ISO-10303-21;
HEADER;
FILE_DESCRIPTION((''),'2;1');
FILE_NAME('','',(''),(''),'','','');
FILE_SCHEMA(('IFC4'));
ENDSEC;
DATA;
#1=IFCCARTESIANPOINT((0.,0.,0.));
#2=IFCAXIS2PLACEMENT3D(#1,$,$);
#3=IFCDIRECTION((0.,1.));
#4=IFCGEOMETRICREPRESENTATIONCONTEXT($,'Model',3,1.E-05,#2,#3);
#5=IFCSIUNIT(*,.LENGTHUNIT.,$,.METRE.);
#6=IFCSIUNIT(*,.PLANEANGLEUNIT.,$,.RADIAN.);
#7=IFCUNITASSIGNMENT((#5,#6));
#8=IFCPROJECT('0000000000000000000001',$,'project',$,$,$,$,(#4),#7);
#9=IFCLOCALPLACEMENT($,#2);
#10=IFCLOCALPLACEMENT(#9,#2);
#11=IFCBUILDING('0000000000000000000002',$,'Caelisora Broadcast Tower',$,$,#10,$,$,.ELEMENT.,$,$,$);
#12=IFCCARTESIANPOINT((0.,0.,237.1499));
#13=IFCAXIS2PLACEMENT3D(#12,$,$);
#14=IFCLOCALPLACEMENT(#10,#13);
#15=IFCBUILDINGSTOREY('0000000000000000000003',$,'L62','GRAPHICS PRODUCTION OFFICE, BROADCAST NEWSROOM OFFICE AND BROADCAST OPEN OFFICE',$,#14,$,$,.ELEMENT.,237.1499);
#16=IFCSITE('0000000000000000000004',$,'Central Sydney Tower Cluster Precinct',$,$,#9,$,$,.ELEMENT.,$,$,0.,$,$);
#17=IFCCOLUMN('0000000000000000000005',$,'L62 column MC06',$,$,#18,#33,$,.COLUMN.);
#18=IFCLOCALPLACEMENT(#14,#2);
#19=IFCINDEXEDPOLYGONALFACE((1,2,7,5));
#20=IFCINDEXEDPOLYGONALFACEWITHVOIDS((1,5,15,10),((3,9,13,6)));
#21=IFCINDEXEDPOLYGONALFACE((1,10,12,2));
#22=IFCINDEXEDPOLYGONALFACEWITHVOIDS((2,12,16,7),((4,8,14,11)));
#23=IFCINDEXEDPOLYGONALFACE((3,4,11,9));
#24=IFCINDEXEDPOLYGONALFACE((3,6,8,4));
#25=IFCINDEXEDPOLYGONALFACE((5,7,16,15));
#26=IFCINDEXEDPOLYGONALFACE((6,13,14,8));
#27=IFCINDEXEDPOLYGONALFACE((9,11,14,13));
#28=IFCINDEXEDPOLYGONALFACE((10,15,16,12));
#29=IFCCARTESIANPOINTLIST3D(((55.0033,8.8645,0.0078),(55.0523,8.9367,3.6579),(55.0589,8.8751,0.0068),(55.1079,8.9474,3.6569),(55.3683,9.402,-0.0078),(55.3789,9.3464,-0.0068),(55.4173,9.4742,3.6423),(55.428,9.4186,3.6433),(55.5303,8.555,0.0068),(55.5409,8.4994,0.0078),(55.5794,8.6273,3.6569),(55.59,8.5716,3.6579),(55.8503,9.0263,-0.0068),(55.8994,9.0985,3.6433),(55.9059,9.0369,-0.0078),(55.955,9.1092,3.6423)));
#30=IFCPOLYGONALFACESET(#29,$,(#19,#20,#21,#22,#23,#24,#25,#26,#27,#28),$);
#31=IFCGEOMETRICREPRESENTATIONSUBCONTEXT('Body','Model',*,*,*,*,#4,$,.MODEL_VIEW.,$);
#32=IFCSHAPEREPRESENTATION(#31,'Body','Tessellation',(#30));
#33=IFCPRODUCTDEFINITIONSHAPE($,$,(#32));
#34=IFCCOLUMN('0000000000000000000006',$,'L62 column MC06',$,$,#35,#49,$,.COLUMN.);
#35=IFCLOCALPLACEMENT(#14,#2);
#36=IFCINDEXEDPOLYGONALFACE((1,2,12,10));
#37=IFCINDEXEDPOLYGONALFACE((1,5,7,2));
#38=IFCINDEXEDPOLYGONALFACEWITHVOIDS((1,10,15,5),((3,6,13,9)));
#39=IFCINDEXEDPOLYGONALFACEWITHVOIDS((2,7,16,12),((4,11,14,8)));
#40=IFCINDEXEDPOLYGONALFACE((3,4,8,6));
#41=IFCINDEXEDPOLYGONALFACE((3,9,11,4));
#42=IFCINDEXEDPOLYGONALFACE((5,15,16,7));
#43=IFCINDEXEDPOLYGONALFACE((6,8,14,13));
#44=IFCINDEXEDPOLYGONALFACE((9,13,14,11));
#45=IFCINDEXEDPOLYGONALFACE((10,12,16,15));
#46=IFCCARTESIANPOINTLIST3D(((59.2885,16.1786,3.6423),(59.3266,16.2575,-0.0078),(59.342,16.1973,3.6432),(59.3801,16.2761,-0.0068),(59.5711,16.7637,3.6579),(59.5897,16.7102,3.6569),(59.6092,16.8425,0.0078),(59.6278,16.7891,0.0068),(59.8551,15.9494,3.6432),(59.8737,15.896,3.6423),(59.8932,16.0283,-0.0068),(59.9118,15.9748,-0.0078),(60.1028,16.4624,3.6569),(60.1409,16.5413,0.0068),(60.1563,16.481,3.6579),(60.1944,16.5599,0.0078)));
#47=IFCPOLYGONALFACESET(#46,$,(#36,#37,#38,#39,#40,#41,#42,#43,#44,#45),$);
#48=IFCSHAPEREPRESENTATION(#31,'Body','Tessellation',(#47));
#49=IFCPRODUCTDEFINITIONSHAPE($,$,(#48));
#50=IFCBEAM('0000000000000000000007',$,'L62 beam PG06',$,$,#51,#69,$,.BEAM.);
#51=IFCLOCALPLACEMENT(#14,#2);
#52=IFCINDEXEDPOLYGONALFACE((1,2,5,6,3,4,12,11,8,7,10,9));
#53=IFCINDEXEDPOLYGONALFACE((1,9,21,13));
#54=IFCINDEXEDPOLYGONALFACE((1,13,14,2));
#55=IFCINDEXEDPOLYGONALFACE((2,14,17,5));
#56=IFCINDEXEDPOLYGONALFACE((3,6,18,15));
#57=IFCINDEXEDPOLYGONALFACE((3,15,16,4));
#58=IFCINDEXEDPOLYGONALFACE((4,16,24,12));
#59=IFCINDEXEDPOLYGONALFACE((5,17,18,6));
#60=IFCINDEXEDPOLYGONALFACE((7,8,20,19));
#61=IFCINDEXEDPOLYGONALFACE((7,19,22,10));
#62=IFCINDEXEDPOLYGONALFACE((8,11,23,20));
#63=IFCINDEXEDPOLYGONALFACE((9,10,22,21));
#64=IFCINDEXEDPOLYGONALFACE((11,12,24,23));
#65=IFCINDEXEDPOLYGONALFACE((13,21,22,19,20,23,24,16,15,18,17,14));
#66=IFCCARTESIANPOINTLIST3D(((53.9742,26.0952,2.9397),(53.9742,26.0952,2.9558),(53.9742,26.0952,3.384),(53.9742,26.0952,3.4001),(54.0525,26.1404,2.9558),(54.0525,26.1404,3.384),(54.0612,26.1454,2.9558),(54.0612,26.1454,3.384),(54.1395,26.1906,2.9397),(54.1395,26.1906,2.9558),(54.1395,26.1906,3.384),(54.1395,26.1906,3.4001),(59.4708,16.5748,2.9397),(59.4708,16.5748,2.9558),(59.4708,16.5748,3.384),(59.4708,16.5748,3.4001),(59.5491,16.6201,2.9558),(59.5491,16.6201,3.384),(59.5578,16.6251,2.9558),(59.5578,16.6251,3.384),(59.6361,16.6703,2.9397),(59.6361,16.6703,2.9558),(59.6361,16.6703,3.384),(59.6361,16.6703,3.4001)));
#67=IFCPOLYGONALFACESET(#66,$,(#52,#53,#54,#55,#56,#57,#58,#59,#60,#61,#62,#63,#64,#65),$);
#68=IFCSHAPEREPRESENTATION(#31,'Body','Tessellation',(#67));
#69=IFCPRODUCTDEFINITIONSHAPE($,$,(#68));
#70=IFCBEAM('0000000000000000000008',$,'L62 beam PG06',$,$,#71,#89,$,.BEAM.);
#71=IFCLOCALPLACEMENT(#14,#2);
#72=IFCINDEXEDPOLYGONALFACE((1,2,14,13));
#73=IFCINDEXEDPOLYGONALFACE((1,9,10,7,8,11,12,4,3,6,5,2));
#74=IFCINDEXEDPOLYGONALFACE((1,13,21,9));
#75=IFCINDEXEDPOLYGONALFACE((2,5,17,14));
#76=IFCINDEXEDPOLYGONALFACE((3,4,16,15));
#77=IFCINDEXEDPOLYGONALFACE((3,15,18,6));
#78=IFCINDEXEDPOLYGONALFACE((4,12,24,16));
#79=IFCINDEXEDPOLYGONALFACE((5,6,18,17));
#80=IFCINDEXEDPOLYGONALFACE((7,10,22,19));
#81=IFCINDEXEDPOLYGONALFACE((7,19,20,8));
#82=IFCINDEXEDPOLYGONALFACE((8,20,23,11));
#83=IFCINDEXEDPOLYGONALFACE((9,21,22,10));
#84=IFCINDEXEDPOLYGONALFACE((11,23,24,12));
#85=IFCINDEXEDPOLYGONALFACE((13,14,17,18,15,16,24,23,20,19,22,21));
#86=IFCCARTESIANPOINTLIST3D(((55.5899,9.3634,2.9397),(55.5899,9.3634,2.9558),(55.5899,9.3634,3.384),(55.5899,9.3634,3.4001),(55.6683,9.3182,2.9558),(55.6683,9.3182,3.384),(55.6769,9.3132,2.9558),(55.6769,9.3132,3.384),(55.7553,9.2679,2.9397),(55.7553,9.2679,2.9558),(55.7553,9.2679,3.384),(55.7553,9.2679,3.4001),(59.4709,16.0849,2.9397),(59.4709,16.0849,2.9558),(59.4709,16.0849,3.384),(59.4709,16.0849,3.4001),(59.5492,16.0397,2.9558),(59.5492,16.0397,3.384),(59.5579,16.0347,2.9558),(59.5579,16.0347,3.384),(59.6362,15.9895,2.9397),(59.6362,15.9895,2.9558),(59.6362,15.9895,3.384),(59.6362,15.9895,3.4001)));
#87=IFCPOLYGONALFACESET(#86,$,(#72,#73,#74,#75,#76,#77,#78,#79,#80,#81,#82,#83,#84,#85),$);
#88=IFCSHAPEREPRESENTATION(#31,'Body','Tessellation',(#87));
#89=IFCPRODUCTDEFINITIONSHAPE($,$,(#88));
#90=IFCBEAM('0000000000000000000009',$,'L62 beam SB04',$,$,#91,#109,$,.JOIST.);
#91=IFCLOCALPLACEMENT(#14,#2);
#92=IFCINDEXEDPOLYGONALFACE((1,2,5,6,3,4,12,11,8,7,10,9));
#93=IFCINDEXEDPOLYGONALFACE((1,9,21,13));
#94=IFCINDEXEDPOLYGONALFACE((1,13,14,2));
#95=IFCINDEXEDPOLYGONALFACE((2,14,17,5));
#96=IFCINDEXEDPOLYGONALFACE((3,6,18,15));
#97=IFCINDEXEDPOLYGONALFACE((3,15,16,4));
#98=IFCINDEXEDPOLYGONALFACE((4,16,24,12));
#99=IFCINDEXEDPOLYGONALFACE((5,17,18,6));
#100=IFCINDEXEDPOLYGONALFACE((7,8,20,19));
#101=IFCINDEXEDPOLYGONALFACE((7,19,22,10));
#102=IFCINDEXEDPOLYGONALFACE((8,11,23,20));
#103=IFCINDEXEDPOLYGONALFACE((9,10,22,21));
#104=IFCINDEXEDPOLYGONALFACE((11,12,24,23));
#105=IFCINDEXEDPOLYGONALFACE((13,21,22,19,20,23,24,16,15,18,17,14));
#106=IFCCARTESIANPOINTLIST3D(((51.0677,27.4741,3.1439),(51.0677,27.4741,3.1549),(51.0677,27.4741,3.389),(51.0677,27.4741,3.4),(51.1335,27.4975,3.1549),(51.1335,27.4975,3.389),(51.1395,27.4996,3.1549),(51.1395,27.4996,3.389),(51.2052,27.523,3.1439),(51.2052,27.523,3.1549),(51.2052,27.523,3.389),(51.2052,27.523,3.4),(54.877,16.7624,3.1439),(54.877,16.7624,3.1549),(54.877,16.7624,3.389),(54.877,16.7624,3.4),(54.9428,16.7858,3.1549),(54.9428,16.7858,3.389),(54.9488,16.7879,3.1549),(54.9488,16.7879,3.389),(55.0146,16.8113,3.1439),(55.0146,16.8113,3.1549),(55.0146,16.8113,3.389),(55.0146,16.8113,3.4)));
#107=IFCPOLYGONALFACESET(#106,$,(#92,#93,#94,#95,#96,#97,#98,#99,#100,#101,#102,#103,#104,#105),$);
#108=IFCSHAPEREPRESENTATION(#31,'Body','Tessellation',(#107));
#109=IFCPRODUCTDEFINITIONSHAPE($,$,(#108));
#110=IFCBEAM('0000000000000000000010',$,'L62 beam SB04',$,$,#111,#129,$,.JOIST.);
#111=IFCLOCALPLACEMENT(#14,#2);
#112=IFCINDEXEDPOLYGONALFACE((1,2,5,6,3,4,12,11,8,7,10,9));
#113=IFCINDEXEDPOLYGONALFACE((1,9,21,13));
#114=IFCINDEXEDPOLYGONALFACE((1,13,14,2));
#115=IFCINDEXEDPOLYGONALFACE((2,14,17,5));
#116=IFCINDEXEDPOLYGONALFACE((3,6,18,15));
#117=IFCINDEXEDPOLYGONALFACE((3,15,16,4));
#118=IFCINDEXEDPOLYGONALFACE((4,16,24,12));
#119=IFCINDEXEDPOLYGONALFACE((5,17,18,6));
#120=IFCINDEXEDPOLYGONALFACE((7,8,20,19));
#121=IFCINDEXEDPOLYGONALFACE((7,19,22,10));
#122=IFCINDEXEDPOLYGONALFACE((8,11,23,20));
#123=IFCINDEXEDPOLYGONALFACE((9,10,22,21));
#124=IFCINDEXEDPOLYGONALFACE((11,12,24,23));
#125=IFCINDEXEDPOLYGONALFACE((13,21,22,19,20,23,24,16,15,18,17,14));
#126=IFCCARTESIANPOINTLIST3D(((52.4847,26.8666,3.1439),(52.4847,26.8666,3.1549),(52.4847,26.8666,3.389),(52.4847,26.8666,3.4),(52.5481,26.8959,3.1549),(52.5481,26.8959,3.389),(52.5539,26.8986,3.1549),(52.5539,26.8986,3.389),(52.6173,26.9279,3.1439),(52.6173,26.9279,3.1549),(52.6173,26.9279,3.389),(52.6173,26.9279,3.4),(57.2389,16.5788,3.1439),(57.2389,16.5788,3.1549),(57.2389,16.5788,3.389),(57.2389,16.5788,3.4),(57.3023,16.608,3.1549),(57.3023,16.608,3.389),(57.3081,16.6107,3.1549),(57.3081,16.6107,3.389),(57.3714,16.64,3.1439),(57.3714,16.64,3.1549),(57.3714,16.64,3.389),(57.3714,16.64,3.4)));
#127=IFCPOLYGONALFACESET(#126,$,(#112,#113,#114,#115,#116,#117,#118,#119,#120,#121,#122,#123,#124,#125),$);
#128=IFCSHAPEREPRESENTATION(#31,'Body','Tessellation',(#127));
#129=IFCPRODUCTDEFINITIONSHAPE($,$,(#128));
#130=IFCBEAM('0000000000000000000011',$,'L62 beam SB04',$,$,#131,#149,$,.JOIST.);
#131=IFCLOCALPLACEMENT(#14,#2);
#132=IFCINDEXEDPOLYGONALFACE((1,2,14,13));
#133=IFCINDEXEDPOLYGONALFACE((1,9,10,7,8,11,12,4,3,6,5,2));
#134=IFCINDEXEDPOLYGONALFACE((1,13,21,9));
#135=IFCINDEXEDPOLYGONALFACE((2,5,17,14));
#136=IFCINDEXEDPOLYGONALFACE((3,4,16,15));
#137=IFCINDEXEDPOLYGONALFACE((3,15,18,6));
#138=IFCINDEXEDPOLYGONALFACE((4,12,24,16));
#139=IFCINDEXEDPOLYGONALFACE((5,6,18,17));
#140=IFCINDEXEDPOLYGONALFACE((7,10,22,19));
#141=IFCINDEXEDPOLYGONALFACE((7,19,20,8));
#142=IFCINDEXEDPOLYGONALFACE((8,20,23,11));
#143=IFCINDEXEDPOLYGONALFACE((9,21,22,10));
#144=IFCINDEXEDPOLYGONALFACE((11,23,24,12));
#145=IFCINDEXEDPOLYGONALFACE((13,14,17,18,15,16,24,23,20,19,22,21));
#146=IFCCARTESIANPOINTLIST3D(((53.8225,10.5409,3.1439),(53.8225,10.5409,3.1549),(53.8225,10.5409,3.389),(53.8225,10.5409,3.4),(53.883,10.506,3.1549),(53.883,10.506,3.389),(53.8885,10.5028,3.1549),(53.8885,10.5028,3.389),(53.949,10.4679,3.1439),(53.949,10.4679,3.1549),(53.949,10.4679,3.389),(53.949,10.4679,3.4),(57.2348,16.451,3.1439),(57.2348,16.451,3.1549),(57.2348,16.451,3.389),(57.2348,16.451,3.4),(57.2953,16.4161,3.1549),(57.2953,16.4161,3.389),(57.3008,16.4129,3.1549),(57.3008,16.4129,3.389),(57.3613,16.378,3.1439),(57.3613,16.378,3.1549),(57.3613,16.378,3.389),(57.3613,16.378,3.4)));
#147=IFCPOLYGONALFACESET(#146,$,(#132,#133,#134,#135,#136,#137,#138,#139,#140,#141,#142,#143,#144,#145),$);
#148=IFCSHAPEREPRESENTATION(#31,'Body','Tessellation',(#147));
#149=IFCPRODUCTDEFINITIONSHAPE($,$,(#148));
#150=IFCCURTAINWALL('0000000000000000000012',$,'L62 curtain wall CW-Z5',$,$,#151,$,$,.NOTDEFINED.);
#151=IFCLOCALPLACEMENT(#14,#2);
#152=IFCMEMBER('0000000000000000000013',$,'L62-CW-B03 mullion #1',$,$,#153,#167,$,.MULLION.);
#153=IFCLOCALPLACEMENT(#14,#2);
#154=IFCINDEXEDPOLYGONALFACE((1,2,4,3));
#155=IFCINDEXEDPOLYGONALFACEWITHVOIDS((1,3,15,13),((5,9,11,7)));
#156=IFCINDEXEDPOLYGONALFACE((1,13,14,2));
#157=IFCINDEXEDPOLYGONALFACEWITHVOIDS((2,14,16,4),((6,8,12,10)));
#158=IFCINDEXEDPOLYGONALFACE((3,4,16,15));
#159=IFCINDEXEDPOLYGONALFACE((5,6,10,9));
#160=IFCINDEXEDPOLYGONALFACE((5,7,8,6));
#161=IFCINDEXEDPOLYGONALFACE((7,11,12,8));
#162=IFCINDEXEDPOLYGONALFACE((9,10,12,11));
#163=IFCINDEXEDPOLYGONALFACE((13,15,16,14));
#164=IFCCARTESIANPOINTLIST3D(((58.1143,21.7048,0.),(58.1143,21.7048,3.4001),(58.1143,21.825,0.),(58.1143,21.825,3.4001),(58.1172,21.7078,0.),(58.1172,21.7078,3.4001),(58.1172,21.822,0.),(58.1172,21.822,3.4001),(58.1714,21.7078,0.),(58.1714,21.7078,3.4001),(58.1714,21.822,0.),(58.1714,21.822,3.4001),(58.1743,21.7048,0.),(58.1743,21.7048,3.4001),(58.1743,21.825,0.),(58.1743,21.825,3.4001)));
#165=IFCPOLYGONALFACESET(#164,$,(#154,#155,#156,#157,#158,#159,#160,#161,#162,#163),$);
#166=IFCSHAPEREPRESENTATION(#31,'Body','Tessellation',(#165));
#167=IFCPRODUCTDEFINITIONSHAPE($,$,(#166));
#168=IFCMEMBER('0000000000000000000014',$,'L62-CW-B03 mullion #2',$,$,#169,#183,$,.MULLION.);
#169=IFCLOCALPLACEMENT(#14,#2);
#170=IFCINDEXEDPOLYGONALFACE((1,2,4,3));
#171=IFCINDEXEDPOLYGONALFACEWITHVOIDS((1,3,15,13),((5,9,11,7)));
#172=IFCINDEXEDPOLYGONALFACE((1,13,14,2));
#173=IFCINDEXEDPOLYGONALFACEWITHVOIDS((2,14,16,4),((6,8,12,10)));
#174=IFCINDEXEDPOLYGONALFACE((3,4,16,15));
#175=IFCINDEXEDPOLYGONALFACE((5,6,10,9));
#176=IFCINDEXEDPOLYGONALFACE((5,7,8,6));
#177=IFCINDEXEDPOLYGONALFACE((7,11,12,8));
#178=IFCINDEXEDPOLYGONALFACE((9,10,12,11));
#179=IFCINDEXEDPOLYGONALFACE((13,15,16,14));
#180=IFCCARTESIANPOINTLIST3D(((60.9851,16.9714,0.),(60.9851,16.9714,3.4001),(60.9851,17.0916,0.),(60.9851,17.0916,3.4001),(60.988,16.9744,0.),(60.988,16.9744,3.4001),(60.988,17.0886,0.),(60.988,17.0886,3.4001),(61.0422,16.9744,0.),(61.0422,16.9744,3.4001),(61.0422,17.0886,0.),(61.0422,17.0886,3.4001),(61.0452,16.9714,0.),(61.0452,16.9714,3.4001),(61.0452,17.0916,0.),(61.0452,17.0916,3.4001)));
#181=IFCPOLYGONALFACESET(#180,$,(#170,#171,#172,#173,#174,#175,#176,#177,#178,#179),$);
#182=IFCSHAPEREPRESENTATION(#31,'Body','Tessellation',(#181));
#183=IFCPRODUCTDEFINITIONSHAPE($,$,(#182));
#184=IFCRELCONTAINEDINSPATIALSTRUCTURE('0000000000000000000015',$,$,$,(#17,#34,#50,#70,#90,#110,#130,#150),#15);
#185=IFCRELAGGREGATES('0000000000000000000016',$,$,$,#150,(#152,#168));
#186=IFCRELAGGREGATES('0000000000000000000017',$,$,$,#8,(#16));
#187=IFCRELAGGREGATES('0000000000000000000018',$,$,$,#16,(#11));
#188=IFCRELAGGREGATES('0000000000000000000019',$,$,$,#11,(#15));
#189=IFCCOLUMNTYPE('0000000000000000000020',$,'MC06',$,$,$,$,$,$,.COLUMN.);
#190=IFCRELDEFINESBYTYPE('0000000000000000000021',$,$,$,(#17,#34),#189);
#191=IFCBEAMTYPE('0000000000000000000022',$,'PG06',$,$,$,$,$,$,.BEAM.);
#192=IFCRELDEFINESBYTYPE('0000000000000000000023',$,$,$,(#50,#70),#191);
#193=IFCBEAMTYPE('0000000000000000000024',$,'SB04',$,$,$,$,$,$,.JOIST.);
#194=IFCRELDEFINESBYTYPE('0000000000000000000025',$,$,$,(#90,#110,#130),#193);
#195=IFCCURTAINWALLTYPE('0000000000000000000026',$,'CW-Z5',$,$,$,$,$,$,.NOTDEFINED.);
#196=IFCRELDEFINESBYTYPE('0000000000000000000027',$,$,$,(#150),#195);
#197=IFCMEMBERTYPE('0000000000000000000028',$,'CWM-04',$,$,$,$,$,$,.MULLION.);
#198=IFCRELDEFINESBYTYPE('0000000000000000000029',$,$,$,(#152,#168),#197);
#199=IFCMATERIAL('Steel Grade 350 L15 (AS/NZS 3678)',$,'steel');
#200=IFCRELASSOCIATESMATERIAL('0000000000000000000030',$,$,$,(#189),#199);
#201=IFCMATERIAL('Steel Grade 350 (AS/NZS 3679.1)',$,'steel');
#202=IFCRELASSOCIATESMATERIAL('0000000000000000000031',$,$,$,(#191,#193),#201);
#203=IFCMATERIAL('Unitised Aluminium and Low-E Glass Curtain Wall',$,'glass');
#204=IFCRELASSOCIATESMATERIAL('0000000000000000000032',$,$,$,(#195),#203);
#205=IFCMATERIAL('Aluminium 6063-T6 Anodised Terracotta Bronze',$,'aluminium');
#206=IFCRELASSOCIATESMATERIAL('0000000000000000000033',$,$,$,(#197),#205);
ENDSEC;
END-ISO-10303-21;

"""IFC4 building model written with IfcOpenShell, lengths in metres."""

from ifc_helpers import new_model, si_unit, direction, frame, origin, origin_2d, place, context, subcontext, project, spatial, hollow_rectangle, i_section, extrude, source, transform, mapped, material, material_profile, profile_set, type_object, type_shapes, element, aggregate, save


model = new_model("IFC4")

# Units and contexts
model_context = context("Model", 3, precision=1e-05, world=origin(), true_north=direction((0.0, 1.0)))
body_context = subcontext(model_context, "Body", "Model", "MODEL_VIEW")
ifc_project = project(units=[si_unit("LENGTHUNIT", "METRE"), si_unit("PLANEANGLEUNIT", "RADIAN")], contexts=[model_context])

# Site, building, storey
site_placement = place(None, origin())
site = spatial("IfcSite", under=ifc_project, at=site_placement, Name="Central Sydney Tower Cluster Precinct", CompositionType="ELEMENT", RefElevation=0.0)
building_placement = place(site_placement, origin())
building = spatial("IfcBuilding", under=site, at=building_placement, Name="Caelisora Broadcast Tower", CompositionType="ELEMENT")
storey_placement = place(building_placement, frame((0.0, 0.0, 237.1499)))
storey = spatial("IfcBuildingStorey", under=building, at=storey_placement, Name="L62", Description="GRAPHICS PRODUCTION OFFICE, BROADCAST NEWSROOM OFFICE AND BROADCAST OPEN OFFICE", CompositionType="ELEMENT", Elevation=237.1499)

# Columns
ifc_material_1 = material(Name="Steel Grade 350 L15 (AS/NZS 3678)", Category="steel")
ifc_material_profile_1 = material_profile(ifc_material_1, hollow_rectangle(XDim=0.6499, YDim=0.6499, WallThickness=0.04, at=origin_2d()), Name="Steel Grade 350 L15 (AS/NZS 3678)")
ifc_profile_set_1 = profile_set([ifc_material_profile_1], Name="Steel Grade 350 L15 (AS/NZS 3678)")
column_type = type_object("IfcColumnType", Name="MC06", PredefinedType="COLUMN", material=ifc_profile_set_1)
shared_shape_1 = source(origin(), body_context, "Body", "SweptSolid", [
    extrude(hollow_rectangle(XDim=0.6499, YDim=0.6499, WallThickness=0.04, at=origin_2d()), origin(), (0.0, 0.0, 1.0), 3.6511),
])
type_shapes(column_type, [shared_shape_1])
for number, where, z_axis, x_axis, name in (
    (1, (55.4546, 8.9507, 0.0), (0.01344, 0.019792, 0.999714), (-0.82729, 0.561775, 0.0), "L62 column MC06"),
    (2, (59.7605, 16.4087, 0.0), (-0.010431, -0.021598, 0.999712), (0.900476, -0.434905, 0.0), "L62 column MC06"),
):
    element("IfcColumn", number, at=place(storey_placement, frame(where, z_axis=z_axis, x_axis=x_axis)), inside=storey, type_object=column_type, Name=name, PredefinedType="COLUMN", context=body_context, shape_type="MappedRepresentation", body=[
        mapped(shared_shape_1, transform((0.0, 0.0, 0.0), scale=1.0)),
    ])

# Beams
ifc_material_2 = material(Name="Steel Grade 350 (AS/NZS 3679.1)", Category="steel")
ifc_material_profile_2 = material_profile(ifc_material_2, i_section(OverallWidth=0.1909, OverallDepth=0.4604, WebThickness=0.01, FlangeThickness=0.0161, at=origin_2d()), Name="Steel Grade 350 (AS/NZS 3679.1)")
ifc_profile_set_2 = profile_set([ifc_material_profile_2], Name="Steel Grade 350 (AS/NZS 3679.1)")
beam_type_1 = type_object("IfcBeamType", Name="PG06", PredefinedType="BEAM", material=ifc_profile_set_2)
shared_shape_2 = source(origin(), body_context, "Body", "SweptSolid", [
    extrude(i_section(OverallWidth=0.1909, OverallDepth=0.4604, WebThickness=0.01, FlangeThickness=0.0161, at=origin_2d()), origin(), (0.0, 0.0, 1.0), 10.9932),
])
beam_1_placement = place(storey_placement, frame((59.5535, 16.6226, 3.1699), z_axis=(-0.500004, 0.866023, 0.0), x_axis=(-0.866023, -0.500004, 0.0)))
element("IfcBeam", 3, at=beam_1_placement, inside=storey, type_object=beam_type_1, Name="L62 beam PG06", PredefinedType="BEAM", context=body_context, shape_type="MappedRepresentation", body=[
    mapped(shared_shape_2, transform((0.0, 0.0, 0.0), scale=1.0)),
])
shared_shape_3 = source(origin(), body_context, "Body", "SweptSolid", [
    extrude(i_section(OverallWidth=0.1909, OverallDepth=0.4604, WebThickness=0.01, FlangeThickness=0.0161, at=origin_2d()), origin(), (0.0, 0.0, 1.0), 7.7615),
])
type_shapes(beam_type_1, [shared_shape_2, shared_shape_3])
beam_2_placement = place(storey_placement, frame((55.6726, 9.3157, 3.1699), z_axis=(0.500023, 0.866012, 0.0), x_axis=(-0.866012, 0.500023, 0.0)))
element("IfcBeam", 4, at=beam_2_placement, inside=storey, type_object=beam_type_1, Name="L62 beam PG06", PredefinedType="BEAM", context=body_context, shape_type="MappedRepresentation", body=[
    mapped(shared_shape_3, transform((0.0, 0.0, 0.0), scale=1.0)),
])
ifc_material_profile_3 = material_profile(ifc_material_2, i_section(OverallWidth=0.146, OverallDepth=0.2561, WebThickness=0.0063, FlangeThickness=0.011, at=origin_2d()), Name="Steel Grade 350 (AS/NZS 3679.1)")
ifc_profile_set_3 = profile_set([ifc_material_profile_3], Name="Steel Grade 350 (AS/NZS 3679.1)")
beam_type_2 = type_object("IfcBeamType", Name="SB04", PredefinedType="JOIST", material=ifc_profile_set_3)
shared_shape_4 = source(origin(), body_context, "Body", "SweptSolid", [
    extrude(i_section(OverallWidth=0.146, OverallDepth=0.2561, WebThickness=0.0063, FlangeThickness=0.011, at=origin_2d()), origin(), (0.0, 0.0, 1.0), 11.3689),
])
beam_3_placement = place(storey_placement, frame((54.9458, 16.7869, 3.272), z_axis=(-0.335067, 0.942194, 0.0), x_axis=(-0.942194, -0.335067, 0.0)))
element("IfcBeam", 5, at=beam_3_placement, inside=storey, type_object=beam_type_2, Name="L62 beam SB04", PredefinedType="JOIST", context=body_context, shape_type="MappedRepresentation", body=[
    mapped(shared_shape_4, transform((0.0, 0.0, 0.0), scale=1.0)),
])
shared_shape_5 = source(origin(), body_context, "Body", "SweptSolid", [
    extrude(i_section(OverallWidth=0.146, OverallDepth=0.2561, WebThickness=0.0063, FlangeThickness=0.011, at=origin_2d()), origin(), (0.0, 0.0, 1.0), 11.3333),
])
beam_4_placement = place(storey_placement, frame((57.3052, 16.6094, 3.272), z_axis=(-0.419488, 0.907761, 0.0), x_axis=(-0.907761, -0.419488, 0.0)))
element("IfcBeam", 6, at=beam_4_placement, inside=storey, type_object=beam_type_2, Name="L62 beam SB04", PredefinedType="JOIST", context=body_context, shape_type="MappedRepresentation", body=[
    mapped(shared_shape_5, transform((0.0, 0.0, 0.0), scale=1.0)),
])
shared_shape_6 = source(origin(), body_context, "Body", "SweptSolid", [
    extrude(i_section(OverallWidth=0.146, OverallDepth=0.2561, WebThickness=0.0063, FlangeThickness=0.011, at=origin_2d()), origin(), (0.0, 0.0, 1.0), 6.8245),
])
type_shapes(beam_type_2, [shared_shape_4, shared_shape_5, shared_shape_6])
beam_5_placement = place(storey_placement, frame((53.8857, 10.5044, 3.272), z_axis=(0.500014, 0.866018, 0.0), x_axis=(-0.866018, 0.500014, 0.0)))
element("IfcBeam", 7, at=beam_5_placement, inside=storey, type_object=beam_type_2, Name="L62 beam SB04", PredefinedType="JOIST", context=body_context, shape_type="MappedRepresentation", body=[
    mapped(shared_shape_6, transform((0.0, 0.0, 0.0), scale=1.0)),
])

# Curtain wall, members
ifc_material_3 = material(Name="Unitised Aluminium and Low-E Glass Curtain Wall", Category="glass")
curtain_wall_type = type_object("IfcCurtainWallType", Name="CW-Z5", PredefinedType="NOTDEFINED", material=ifc_material_3)
curtain_wall_1_placement = place(storey_placement, origin())
curtain_wall_1 = element("IfcCurtainWall", 8, at=curtain_wall_1_placement, inside=storey, type_object=curtain_wall_type, Name="L62 curtain wall CW-Z5", PredefinedType="NOTDEFINED")
ifc_material_4 = material(Name="Aluminium 6063-T6 Anodised Terracotta Bronze", Category="aluminium")
ifc_material_profile_4 = material_profile(ifc_material_4, hollow_rectangle(XDim=0.0601, YDim=0.1201, WallThickness=0.0029, at=origin_2d()), Name="Aluminium 6063-T6 Anodised Terracotta Bronze")
ifc_profile_set_4 = profile_set([ifc_material_profile_4], Name="Aluminium 6063-T6 Anodised Terracotta Bronze")
member_type_1 = type_object("IfcMemberType", Name="CWM-04", PredefinedType="MULLION", material=ifc_profile_set_4)
shared_shape_7 = source(origin(), body_context, "Body", "SweptSolid", [
    extrude(hollow_rectangle(XDim=0.0601, YDim=0.1201, WallThickness=0.0029, at=origin_2d()), origin(), (0.0, 0.0, 1.0), 3.4001),
])
type_shapes(member_type_1, [shared_shape_7])
member_1_placement = place(storey_placement, frame((58.1443, 21.7649, 0.0), z_axis=(0.0, 0.0, 1.0), x_axis=(1.0, 0.0, 0.0)))
member_1 = element("IfcMember", 9, at=member_1_placement, type_object=member_type_1, Name="L62-CW-B03 mullion #1", PredefinedType="MULLION", context=body_context, shape_type="MappedRepresentation", body=[
    mapped(shared_shape_7, transform((0.0, 0.0, 0.0), scale=1.0)),
])
member_2_placement = place(storey_placement, frame((61.0151, 17.0315, 0.0), z_axis=(0.0, 0.0, 1.0), x_axis=(1.0, 0.0, 0.0)))
member_2 = element("IfcMember", 10, at=member_2_placement, type_object=member_type_1, Name="L62-CW-B03 mullion #2", PredefinedType="MULLION", context=body_context, shape_type="MappedRepresentation", body=[
    mapped(shared_shape_7, transform((0.0, 0.0, 0.0), scale=1.0)),
])

aggregate(curtain_wall_1, [member_1, member_2])

save(model, "model.ifc")
